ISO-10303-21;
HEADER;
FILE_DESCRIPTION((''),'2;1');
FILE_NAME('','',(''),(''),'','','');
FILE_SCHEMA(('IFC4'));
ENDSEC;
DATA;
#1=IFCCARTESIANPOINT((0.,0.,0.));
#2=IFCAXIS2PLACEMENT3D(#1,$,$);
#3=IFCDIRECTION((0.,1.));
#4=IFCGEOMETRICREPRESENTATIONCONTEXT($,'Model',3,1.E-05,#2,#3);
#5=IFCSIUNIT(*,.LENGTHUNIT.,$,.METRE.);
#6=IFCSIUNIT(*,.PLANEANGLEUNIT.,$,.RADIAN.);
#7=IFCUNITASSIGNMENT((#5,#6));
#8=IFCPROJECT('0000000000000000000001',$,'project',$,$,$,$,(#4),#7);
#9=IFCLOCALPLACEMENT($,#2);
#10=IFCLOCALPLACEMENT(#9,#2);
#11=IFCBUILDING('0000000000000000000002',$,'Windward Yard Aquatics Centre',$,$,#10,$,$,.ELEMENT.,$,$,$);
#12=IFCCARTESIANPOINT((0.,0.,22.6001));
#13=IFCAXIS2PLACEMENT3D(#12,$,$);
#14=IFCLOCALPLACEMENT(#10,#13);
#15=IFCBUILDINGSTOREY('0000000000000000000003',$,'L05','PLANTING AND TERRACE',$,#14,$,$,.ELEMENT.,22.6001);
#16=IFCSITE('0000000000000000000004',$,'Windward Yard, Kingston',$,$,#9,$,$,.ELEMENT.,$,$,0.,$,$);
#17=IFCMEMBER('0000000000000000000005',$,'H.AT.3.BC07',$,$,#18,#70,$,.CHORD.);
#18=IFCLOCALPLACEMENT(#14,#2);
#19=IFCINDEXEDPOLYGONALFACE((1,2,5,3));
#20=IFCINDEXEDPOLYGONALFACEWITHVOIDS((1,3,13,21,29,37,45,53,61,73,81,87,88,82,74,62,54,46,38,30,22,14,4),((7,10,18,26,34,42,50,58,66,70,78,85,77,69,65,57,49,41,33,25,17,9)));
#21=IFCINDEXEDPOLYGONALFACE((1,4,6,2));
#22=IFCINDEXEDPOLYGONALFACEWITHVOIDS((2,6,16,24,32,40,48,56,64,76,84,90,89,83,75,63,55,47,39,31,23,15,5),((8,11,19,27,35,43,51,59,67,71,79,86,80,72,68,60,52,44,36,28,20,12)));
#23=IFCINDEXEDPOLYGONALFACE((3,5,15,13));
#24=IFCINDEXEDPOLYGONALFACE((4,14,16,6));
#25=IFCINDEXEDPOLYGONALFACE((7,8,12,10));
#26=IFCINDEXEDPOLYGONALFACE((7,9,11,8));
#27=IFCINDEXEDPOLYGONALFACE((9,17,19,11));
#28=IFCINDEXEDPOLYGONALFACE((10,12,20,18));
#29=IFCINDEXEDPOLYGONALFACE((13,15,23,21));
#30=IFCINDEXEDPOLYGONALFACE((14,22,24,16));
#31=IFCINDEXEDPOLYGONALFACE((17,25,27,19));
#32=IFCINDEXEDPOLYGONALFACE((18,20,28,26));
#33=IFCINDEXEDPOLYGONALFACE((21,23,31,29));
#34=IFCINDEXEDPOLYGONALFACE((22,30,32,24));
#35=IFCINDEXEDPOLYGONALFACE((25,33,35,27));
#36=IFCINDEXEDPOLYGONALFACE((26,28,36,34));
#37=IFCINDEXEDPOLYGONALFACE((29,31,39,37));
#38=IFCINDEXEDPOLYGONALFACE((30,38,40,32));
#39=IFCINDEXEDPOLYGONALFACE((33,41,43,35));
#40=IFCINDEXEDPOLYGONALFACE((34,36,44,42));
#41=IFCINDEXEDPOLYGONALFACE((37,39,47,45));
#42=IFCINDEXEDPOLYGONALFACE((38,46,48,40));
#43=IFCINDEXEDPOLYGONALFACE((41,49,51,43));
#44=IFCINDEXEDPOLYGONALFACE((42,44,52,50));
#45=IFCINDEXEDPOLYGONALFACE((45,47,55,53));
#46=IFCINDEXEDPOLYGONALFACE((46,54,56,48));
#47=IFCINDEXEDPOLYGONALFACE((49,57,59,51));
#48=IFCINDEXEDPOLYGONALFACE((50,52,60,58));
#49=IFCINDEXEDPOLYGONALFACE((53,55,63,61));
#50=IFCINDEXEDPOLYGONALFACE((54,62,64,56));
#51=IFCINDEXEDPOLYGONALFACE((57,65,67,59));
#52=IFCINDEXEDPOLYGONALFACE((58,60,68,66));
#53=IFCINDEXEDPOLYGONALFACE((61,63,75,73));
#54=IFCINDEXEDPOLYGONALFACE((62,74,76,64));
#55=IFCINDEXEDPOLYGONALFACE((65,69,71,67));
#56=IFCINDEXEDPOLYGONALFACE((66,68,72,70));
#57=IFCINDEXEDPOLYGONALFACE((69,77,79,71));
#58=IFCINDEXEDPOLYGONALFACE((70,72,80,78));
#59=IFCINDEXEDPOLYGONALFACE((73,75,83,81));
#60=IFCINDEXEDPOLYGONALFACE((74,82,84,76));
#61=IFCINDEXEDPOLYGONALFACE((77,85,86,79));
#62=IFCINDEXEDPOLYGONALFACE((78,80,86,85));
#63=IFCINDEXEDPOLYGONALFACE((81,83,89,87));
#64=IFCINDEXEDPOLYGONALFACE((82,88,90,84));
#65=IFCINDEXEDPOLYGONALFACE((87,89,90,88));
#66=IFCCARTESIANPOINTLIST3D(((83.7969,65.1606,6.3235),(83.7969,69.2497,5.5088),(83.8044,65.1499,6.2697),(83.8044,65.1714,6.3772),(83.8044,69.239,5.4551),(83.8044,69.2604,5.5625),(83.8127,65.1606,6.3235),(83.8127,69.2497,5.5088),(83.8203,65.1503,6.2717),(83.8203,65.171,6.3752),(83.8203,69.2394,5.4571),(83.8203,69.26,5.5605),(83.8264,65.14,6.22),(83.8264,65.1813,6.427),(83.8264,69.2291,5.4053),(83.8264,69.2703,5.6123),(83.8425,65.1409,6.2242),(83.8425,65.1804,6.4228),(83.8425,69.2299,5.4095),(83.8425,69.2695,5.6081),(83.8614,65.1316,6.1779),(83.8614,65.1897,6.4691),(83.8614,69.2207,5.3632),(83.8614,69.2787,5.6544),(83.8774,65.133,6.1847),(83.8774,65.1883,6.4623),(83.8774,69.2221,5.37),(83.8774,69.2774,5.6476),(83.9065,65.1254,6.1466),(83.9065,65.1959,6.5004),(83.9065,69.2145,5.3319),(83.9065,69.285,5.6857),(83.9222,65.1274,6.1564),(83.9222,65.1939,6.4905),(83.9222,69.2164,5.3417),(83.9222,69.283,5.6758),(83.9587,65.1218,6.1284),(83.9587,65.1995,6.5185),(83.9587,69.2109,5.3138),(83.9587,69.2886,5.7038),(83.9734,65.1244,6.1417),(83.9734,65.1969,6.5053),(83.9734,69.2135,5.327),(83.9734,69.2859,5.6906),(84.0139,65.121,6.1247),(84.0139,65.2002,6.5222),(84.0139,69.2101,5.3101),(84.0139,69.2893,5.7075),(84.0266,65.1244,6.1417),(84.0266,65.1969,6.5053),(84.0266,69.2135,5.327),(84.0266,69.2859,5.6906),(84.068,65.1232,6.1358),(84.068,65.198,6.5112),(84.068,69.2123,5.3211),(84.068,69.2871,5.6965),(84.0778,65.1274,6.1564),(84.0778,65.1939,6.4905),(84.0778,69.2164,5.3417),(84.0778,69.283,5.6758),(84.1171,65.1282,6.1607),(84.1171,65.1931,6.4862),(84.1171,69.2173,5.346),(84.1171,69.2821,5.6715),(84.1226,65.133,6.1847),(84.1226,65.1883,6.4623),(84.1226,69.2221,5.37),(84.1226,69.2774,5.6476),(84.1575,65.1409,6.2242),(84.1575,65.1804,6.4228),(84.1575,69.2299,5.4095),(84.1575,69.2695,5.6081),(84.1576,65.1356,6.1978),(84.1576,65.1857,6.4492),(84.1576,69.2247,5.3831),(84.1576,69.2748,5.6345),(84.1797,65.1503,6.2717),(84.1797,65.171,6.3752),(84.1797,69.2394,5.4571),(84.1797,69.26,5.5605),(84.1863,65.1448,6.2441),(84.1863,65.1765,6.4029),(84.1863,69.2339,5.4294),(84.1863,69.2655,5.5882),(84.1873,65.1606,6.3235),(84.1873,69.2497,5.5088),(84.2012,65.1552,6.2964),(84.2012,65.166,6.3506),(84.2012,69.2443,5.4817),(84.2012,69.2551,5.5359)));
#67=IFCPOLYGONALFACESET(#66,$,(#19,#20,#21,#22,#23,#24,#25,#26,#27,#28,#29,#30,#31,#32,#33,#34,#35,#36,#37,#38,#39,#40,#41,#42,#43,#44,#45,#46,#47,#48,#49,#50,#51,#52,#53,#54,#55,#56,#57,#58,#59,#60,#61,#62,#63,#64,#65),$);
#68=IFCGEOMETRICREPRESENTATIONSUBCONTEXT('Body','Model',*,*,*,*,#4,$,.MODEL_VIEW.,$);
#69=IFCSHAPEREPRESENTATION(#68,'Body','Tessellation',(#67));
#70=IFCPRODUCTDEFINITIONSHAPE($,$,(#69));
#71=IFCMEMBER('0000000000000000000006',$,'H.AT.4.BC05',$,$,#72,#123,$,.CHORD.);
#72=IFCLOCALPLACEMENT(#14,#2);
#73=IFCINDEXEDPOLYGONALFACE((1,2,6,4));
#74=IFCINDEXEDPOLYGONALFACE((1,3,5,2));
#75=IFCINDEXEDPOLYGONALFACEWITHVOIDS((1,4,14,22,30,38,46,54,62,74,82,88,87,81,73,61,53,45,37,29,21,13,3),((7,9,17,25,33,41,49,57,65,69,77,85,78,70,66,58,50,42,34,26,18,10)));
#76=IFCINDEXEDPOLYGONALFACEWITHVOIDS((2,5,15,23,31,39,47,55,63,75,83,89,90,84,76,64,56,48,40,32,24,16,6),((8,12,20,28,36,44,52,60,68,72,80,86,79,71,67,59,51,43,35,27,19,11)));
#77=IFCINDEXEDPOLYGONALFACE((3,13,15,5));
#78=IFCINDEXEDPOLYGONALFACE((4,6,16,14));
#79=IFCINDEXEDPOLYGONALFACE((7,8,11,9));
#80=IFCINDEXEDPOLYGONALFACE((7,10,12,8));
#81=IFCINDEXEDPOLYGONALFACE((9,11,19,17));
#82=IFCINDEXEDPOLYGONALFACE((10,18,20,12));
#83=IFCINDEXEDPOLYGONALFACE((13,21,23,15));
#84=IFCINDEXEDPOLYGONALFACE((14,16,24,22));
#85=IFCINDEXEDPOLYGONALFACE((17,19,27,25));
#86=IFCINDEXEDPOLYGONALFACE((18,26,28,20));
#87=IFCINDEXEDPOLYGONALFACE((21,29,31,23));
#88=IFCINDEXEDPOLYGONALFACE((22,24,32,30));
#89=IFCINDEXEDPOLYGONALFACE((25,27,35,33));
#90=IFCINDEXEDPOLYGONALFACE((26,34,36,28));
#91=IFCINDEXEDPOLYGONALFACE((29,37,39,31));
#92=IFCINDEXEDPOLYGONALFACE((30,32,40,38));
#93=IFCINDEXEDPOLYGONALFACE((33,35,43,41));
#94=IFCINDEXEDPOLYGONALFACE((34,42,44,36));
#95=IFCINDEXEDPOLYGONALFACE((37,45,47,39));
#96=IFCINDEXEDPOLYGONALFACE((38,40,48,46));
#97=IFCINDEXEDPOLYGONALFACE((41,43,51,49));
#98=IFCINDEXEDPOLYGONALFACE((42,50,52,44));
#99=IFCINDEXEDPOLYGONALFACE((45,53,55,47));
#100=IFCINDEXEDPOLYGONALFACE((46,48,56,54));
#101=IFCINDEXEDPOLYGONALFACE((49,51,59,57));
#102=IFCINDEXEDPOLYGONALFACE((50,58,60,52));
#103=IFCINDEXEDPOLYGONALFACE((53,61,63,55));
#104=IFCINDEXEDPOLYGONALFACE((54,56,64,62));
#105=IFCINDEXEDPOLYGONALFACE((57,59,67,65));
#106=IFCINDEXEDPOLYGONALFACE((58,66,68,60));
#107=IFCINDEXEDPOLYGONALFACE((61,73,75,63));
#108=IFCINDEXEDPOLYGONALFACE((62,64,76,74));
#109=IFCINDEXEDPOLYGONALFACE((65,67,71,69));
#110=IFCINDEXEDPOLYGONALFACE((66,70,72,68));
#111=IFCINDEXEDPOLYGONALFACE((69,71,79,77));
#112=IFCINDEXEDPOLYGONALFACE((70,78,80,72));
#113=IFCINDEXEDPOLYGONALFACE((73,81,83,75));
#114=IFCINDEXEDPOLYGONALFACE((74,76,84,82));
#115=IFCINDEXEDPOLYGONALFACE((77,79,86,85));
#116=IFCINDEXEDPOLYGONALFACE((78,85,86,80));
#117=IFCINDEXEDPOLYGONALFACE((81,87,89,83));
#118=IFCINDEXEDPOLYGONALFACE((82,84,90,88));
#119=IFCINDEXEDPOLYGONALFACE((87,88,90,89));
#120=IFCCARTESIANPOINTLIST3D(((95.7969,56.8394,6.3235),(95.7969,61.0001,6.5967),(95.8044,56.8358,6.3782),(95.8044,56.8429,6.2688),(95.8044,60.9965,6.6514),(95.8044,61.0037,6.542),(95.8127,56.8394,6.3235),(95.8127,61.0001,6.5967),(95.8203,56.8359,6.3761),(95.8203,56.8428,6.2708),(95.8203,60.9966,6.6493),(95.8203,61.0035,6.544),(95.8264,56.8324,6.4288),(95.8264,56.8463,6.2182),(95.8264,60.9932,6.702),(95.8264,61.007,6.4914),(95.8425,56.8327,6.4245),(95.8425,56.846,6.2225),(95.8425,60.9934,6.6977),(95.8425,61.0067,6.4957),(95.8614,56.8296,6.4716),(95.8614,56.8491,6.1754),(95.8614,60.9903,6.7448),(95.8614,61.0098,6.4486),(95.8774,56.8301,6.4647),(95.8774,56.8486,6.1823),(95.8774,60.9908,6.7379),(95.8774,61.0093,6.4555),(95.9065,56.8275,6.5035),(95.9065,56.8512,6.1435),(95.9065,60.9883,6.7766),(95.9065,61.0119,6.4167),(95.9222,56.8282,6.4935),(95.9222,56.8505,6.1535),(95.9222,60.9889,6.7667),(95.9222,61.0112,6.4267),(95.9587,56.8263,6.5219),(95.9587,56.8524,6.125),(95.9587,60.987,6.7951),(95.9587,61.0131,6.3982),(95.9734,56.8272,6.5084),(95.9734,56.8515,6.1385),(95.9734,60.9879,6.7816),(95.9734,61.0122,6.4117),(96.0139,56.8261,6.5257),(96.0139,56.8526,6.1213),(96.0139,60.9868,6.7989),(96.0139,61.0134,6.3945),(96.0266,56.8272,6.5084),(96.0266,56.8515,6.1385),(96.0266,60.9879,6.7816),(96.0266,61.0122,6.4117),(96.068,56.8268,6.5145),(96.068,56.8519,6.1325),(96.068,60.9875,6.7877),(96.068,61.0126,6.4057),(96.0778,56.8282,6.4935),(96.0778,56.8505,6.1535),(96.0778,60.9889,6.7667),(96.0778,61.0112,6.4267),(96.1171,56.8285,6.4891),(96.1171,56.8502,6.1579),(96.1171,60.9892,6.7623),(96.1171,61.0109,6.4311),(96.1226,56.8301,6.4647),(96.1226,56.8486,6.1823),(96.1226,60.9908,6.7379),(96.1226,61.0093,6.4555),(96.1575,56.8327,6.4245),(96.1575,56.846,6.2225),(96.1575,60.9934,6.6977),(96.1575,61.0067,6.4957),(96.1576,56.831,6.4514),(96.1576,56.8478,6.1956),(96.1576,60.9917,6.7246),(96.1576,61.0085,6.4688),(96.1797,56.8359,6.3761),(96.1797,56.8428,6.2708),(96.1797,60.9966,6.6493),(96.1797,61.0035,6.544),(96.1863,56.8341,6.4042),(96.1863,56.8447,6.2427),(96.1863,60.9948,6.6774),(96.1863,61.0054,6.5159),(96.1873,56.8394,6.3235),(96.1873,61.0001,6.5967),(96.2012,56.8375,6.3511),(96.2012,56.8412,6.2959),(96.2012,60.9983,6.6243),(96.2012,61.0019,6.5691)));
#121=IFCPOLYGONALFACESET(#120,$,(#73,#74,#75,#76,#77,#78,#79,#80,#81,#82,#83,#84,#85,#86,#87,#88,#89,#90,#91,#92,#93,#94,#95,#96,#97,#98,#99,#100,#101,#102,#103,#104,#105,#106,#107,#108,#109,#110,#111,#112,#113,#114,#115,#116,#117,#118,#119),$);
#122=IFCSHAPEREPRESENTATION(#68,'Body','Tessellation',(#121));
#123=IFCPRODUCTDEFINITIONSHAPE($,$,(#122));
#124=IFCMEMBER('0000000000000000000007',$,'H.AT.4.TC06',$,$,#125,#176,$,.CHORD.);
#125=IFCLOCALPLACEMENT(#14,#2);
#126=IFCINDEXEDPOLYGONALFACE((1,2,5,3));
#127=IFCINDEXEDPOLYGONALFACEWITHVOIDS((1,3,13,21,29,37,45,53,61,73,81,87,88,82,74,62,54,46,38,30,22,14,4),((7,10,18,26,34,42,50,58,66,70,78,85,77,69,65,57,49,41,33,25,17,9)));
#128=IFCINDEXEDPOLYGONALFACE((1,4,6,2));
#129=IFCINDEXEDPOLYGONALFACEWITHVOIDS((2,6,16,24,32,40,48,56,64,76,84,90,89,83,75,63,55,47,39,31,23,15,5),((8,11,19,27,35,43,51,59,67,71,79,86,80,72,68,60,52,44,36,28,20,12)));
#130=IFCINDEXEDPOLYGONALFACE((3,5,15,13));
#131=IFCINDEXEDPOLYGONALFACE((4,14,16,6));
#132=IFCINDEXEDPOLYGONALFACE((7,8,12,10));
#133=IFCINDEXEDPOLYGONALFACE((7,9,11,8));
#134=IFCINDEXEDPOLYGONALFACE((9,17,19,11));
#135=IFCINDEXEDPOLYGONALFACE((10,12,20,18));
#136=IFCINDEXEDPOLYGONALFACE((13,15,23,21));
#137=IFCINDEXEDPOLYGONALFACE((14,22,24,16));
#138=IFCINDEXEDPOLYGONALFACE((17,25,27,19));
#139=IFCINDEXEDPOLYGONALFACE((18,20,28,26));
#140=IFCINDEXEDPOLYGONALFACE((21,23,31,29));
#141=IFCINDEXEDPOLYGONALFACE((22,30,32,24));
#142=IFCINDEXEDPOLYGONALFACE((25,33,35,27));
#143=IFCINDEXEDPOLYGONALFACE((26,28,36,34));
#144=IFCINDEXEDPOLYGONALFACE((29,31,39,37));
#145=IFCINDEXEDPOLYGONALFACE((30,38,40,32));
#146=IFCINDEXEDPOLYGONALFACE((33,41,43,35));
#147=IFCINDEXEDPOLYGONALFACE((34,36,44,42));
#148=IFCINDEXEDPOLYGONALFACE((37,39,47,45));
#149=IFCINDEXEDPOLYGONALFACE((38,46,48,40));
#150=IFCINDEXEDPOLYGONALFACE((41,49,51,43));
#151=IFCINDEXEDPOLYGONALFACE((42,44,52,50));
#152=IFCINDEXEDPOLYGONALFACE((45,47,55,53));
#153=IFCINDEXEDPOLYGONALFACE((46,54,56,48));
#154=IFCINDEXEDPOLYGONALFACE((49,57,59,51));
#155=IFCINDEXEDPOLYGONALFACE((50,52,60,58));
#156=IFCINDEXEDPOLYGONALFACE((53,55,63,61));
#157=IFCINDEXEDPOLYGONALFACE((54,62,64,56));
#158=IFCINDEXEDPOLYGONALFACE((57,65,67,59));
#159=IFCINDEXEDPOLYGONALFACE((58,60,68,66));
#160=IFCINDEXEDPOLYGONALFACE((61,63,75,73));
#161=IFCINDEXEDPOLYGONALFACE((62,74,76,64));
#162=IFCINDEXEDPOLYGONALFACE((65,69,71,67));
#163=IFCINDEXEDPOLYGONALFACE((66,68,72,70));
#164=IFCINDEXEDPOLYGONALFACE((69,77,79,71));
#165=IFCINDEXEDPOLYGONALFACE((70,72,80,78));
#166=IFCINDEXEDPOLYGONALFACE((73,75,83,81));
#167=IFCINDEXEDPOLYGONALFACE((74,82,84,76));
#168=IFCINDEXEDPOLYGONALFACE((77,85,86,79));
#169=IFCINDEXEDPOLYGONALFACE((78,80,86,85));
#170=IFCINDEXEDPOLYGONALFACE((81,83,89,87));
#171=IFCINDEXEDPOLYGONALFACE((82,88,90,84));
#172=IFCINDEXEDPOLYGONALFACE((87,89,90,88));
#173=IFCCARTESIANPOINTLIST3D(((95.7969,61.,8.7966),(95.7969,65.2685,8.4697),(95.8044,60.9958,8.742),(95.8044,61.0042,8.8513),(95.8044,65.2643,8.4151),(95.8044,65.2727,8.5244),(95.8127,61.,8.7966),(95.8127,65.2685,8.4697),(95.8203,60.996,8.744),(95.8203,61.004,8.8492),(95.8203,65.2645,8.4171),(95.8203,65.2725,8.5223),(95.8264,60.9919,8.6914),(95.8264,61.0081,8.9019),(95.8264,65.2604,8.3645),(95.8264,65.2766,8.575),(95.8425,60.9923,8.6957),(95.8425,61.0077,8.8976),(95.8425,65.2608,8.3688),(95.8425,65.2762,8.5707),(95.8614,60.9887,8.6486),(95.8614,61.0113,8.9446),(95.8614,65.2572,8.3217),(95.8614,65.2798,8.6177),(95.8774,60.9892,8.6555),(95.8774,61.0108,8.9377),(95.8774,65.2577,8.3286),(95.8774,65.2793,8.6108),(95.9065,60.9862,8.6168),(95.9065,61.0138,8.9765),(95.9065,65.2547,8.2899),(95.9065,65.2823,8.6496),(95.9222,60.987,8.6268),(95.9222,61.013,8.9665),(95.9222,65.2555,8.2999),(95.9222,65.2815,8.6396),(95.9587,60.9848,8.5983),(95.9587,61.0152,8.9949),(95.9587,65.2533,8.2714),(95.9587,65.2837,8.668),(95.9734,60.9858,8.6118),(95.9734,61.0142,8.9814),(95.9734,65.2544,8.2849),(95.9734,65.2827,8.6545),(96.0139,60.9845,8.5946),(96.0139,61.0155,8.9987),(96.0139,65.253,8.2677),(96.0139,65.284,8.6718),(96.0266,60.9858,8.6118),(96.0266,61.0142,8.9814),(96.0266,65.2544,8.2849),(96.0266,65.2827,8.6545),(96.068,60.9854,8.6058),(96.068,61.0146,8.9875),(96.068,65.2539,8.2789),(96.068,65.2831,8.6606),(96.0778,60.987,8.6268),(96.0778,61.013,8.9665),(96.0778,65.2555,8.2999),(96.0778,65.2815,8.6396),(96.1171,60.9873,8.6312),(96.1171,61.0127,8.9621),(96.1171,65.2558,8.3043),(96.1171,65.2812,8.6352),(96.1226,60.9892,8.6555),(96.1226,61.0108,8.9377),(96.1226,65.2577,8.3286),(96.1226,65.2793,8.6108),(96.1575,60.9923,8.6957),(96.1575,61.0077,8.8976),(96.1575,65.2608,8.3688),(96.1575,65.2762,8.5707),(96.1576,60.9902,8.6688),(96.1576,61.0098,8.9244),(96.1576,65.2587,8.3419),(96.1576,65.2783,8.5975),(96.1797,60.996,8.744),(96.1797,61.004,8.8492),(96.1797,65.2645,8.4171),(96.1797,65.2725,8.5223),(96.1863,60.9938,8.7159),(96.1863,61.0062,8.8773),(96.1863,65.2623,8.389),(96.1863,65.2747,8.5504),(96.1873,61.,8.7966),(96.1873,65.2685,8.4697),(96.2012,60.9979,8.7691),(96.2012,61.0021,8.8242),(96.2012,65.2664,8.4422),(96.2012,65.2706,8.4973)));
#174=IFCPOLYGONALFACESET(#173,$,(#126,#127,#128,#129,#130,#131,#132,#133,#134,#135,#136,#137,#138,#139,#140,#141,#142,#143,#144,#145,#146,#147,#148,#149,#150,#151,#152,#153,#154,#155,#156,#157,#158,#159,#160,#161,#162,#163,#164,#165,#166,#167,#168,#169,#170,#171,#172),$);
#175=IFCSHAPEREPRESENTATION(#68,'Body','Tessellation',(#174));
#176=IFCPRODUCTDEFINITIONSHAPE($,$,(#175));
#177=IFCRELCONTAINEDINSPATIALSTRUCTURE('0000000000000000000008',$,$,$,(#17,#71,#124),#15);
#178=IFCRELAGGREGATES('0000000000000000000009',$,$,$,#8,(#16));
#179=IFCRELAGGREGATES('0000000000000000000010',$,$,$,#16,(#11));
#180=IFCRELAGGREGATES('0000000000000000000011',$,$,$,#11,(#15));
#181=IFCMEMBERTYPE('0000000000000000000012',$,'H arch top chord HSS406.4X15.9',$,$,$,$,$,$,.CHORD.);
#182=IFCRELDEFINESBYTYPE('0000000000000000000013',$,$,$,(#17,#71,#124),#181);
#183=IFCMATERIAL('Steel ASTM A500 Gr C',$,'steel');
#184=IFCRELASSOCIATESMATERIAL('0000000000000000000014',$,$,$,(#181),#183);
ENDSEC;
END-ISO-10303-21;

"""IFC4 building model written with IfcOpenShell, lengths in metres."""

from ifc_helpers import new_model, si_unit, direction, frame, origin, origin_2d, place, context, subcontext, project, spatial, hollow_circle, extrude, material, material_profile, profile_set, type_object, element, save


model = new_model("IFC4")

# Units and contexts
model_context = context("Model", 3, precision=1e-05, world=origin(), true_north=direction((0.0, 1.0)))
body_context = subcontext(model_context, "Body", "Model", "MODEL_VIEW")
ifc_project = project(units=[si_unit("LENGTHUNIT", "METRE"), si_unit("PLANEANGLEUNIT", "RADIAN")], contexts=[model_context])

# Site, building, storey
site_placement = place(None, origin())
site = spatial("IfcSite", under=ifc_project, at=site_placement, Name="Windward Yard, Kingston", CompositionType="ELEMENT", RefElevation=0.0)
building_placement = place(site_placement, origin())
building = spatial("IfcBuilding", under=site, at=building_placement, Name="Windward Yard Aquatics Centre", CompositionType="ELEMENT")
storey_placement = place(building_placement, frame((0.0, 0.0, 22.6001)))
storey = spatial("IfcBuildingStorey", under=building, at=storey_placement, Name="L05", Description="PLANTING AND TERRACE", CompositionType="ELEMENT", Elevation=22.6001)

# Members
ifc_material_1 = material(Name="Steel ASTM A500 Gr C", Category="steel")
ifc_material_profile_1 = material_profile(ifc_material_1, hollow_circle(Radius=0.2031, WallThickness=0.0159, at=origin_2d()), Name="HSS406.4X15.9")
ifc_profile_set_1 = profile_set([ifc_material_profile_1], Name="Steel ASTM A500 Gr C")
member_type_1 = type_object("IfcMemberType", Name="H arch top chord HSS406.4X15.9", PredefinedType="CHORD", material=ifc_profile_set_1)
member_1_placement = place(storey_placement, frame((84.0, 65.1606, 6.3235), z_axis=(0.0, 0.980725, -0.195395), x_axis=(-1.0, 0.0, 0.0)))
element("IfcMember", 1, at=member_1_placement, inside=storey, type_object=member_type_1, Name="H.AT.3.BC07", PredefinedType="CHORD", context=body_context, shape_type="SweptSolid", body=[
    extrude(hollow_circle(Radius=0.2031, WallThickness=0.0159, at=origin_2d()), origin(), (0.0, 0.0, 1.0), 4.1694),
])
member_2_placement = place(storey_placement, frame((96.0, 56.8394, 6.3235), z_axis=(0.0, 0.997851, 0.06552), x_axis=(-1.0, 0.0, 0.0)))
element("IfcMember", 2, at=member_2_placement, inside=storey, type_object=member_type_1, Name="H.AT.4.BC05", PredefinedType="CHORD", context=body_context, shape_type="SweptSolid", body=[
    extrude(hollow_circle(Radius=0.2031, WallThickness=0.0159, at=origin_2d()), origin(), (0.0, 0.0, 1.0), 4.1697),
])
member_3_placement = place(storey_placement, frame((96.0, 61.0, 8.7966), z_axis=(0.0, 0.99708, -0.076361), x_axis=(-1.0, 0.0, 0.0)))
element("IfcMember", 3, at=member_3_placement, inside=storey, type_object=member_type_1, Name="H.AT.4.TC06", PredefinedType="CHORD", context=body_context, shape_type="SweptSolid", body=[
    extrude(hollow_circle(Radius=0.2031, WallThickness=0.0159, at=origin_2d()), origin(), (0.0, 0.0, 1.0), 4.281),
])

save(model, "model.ifc")
